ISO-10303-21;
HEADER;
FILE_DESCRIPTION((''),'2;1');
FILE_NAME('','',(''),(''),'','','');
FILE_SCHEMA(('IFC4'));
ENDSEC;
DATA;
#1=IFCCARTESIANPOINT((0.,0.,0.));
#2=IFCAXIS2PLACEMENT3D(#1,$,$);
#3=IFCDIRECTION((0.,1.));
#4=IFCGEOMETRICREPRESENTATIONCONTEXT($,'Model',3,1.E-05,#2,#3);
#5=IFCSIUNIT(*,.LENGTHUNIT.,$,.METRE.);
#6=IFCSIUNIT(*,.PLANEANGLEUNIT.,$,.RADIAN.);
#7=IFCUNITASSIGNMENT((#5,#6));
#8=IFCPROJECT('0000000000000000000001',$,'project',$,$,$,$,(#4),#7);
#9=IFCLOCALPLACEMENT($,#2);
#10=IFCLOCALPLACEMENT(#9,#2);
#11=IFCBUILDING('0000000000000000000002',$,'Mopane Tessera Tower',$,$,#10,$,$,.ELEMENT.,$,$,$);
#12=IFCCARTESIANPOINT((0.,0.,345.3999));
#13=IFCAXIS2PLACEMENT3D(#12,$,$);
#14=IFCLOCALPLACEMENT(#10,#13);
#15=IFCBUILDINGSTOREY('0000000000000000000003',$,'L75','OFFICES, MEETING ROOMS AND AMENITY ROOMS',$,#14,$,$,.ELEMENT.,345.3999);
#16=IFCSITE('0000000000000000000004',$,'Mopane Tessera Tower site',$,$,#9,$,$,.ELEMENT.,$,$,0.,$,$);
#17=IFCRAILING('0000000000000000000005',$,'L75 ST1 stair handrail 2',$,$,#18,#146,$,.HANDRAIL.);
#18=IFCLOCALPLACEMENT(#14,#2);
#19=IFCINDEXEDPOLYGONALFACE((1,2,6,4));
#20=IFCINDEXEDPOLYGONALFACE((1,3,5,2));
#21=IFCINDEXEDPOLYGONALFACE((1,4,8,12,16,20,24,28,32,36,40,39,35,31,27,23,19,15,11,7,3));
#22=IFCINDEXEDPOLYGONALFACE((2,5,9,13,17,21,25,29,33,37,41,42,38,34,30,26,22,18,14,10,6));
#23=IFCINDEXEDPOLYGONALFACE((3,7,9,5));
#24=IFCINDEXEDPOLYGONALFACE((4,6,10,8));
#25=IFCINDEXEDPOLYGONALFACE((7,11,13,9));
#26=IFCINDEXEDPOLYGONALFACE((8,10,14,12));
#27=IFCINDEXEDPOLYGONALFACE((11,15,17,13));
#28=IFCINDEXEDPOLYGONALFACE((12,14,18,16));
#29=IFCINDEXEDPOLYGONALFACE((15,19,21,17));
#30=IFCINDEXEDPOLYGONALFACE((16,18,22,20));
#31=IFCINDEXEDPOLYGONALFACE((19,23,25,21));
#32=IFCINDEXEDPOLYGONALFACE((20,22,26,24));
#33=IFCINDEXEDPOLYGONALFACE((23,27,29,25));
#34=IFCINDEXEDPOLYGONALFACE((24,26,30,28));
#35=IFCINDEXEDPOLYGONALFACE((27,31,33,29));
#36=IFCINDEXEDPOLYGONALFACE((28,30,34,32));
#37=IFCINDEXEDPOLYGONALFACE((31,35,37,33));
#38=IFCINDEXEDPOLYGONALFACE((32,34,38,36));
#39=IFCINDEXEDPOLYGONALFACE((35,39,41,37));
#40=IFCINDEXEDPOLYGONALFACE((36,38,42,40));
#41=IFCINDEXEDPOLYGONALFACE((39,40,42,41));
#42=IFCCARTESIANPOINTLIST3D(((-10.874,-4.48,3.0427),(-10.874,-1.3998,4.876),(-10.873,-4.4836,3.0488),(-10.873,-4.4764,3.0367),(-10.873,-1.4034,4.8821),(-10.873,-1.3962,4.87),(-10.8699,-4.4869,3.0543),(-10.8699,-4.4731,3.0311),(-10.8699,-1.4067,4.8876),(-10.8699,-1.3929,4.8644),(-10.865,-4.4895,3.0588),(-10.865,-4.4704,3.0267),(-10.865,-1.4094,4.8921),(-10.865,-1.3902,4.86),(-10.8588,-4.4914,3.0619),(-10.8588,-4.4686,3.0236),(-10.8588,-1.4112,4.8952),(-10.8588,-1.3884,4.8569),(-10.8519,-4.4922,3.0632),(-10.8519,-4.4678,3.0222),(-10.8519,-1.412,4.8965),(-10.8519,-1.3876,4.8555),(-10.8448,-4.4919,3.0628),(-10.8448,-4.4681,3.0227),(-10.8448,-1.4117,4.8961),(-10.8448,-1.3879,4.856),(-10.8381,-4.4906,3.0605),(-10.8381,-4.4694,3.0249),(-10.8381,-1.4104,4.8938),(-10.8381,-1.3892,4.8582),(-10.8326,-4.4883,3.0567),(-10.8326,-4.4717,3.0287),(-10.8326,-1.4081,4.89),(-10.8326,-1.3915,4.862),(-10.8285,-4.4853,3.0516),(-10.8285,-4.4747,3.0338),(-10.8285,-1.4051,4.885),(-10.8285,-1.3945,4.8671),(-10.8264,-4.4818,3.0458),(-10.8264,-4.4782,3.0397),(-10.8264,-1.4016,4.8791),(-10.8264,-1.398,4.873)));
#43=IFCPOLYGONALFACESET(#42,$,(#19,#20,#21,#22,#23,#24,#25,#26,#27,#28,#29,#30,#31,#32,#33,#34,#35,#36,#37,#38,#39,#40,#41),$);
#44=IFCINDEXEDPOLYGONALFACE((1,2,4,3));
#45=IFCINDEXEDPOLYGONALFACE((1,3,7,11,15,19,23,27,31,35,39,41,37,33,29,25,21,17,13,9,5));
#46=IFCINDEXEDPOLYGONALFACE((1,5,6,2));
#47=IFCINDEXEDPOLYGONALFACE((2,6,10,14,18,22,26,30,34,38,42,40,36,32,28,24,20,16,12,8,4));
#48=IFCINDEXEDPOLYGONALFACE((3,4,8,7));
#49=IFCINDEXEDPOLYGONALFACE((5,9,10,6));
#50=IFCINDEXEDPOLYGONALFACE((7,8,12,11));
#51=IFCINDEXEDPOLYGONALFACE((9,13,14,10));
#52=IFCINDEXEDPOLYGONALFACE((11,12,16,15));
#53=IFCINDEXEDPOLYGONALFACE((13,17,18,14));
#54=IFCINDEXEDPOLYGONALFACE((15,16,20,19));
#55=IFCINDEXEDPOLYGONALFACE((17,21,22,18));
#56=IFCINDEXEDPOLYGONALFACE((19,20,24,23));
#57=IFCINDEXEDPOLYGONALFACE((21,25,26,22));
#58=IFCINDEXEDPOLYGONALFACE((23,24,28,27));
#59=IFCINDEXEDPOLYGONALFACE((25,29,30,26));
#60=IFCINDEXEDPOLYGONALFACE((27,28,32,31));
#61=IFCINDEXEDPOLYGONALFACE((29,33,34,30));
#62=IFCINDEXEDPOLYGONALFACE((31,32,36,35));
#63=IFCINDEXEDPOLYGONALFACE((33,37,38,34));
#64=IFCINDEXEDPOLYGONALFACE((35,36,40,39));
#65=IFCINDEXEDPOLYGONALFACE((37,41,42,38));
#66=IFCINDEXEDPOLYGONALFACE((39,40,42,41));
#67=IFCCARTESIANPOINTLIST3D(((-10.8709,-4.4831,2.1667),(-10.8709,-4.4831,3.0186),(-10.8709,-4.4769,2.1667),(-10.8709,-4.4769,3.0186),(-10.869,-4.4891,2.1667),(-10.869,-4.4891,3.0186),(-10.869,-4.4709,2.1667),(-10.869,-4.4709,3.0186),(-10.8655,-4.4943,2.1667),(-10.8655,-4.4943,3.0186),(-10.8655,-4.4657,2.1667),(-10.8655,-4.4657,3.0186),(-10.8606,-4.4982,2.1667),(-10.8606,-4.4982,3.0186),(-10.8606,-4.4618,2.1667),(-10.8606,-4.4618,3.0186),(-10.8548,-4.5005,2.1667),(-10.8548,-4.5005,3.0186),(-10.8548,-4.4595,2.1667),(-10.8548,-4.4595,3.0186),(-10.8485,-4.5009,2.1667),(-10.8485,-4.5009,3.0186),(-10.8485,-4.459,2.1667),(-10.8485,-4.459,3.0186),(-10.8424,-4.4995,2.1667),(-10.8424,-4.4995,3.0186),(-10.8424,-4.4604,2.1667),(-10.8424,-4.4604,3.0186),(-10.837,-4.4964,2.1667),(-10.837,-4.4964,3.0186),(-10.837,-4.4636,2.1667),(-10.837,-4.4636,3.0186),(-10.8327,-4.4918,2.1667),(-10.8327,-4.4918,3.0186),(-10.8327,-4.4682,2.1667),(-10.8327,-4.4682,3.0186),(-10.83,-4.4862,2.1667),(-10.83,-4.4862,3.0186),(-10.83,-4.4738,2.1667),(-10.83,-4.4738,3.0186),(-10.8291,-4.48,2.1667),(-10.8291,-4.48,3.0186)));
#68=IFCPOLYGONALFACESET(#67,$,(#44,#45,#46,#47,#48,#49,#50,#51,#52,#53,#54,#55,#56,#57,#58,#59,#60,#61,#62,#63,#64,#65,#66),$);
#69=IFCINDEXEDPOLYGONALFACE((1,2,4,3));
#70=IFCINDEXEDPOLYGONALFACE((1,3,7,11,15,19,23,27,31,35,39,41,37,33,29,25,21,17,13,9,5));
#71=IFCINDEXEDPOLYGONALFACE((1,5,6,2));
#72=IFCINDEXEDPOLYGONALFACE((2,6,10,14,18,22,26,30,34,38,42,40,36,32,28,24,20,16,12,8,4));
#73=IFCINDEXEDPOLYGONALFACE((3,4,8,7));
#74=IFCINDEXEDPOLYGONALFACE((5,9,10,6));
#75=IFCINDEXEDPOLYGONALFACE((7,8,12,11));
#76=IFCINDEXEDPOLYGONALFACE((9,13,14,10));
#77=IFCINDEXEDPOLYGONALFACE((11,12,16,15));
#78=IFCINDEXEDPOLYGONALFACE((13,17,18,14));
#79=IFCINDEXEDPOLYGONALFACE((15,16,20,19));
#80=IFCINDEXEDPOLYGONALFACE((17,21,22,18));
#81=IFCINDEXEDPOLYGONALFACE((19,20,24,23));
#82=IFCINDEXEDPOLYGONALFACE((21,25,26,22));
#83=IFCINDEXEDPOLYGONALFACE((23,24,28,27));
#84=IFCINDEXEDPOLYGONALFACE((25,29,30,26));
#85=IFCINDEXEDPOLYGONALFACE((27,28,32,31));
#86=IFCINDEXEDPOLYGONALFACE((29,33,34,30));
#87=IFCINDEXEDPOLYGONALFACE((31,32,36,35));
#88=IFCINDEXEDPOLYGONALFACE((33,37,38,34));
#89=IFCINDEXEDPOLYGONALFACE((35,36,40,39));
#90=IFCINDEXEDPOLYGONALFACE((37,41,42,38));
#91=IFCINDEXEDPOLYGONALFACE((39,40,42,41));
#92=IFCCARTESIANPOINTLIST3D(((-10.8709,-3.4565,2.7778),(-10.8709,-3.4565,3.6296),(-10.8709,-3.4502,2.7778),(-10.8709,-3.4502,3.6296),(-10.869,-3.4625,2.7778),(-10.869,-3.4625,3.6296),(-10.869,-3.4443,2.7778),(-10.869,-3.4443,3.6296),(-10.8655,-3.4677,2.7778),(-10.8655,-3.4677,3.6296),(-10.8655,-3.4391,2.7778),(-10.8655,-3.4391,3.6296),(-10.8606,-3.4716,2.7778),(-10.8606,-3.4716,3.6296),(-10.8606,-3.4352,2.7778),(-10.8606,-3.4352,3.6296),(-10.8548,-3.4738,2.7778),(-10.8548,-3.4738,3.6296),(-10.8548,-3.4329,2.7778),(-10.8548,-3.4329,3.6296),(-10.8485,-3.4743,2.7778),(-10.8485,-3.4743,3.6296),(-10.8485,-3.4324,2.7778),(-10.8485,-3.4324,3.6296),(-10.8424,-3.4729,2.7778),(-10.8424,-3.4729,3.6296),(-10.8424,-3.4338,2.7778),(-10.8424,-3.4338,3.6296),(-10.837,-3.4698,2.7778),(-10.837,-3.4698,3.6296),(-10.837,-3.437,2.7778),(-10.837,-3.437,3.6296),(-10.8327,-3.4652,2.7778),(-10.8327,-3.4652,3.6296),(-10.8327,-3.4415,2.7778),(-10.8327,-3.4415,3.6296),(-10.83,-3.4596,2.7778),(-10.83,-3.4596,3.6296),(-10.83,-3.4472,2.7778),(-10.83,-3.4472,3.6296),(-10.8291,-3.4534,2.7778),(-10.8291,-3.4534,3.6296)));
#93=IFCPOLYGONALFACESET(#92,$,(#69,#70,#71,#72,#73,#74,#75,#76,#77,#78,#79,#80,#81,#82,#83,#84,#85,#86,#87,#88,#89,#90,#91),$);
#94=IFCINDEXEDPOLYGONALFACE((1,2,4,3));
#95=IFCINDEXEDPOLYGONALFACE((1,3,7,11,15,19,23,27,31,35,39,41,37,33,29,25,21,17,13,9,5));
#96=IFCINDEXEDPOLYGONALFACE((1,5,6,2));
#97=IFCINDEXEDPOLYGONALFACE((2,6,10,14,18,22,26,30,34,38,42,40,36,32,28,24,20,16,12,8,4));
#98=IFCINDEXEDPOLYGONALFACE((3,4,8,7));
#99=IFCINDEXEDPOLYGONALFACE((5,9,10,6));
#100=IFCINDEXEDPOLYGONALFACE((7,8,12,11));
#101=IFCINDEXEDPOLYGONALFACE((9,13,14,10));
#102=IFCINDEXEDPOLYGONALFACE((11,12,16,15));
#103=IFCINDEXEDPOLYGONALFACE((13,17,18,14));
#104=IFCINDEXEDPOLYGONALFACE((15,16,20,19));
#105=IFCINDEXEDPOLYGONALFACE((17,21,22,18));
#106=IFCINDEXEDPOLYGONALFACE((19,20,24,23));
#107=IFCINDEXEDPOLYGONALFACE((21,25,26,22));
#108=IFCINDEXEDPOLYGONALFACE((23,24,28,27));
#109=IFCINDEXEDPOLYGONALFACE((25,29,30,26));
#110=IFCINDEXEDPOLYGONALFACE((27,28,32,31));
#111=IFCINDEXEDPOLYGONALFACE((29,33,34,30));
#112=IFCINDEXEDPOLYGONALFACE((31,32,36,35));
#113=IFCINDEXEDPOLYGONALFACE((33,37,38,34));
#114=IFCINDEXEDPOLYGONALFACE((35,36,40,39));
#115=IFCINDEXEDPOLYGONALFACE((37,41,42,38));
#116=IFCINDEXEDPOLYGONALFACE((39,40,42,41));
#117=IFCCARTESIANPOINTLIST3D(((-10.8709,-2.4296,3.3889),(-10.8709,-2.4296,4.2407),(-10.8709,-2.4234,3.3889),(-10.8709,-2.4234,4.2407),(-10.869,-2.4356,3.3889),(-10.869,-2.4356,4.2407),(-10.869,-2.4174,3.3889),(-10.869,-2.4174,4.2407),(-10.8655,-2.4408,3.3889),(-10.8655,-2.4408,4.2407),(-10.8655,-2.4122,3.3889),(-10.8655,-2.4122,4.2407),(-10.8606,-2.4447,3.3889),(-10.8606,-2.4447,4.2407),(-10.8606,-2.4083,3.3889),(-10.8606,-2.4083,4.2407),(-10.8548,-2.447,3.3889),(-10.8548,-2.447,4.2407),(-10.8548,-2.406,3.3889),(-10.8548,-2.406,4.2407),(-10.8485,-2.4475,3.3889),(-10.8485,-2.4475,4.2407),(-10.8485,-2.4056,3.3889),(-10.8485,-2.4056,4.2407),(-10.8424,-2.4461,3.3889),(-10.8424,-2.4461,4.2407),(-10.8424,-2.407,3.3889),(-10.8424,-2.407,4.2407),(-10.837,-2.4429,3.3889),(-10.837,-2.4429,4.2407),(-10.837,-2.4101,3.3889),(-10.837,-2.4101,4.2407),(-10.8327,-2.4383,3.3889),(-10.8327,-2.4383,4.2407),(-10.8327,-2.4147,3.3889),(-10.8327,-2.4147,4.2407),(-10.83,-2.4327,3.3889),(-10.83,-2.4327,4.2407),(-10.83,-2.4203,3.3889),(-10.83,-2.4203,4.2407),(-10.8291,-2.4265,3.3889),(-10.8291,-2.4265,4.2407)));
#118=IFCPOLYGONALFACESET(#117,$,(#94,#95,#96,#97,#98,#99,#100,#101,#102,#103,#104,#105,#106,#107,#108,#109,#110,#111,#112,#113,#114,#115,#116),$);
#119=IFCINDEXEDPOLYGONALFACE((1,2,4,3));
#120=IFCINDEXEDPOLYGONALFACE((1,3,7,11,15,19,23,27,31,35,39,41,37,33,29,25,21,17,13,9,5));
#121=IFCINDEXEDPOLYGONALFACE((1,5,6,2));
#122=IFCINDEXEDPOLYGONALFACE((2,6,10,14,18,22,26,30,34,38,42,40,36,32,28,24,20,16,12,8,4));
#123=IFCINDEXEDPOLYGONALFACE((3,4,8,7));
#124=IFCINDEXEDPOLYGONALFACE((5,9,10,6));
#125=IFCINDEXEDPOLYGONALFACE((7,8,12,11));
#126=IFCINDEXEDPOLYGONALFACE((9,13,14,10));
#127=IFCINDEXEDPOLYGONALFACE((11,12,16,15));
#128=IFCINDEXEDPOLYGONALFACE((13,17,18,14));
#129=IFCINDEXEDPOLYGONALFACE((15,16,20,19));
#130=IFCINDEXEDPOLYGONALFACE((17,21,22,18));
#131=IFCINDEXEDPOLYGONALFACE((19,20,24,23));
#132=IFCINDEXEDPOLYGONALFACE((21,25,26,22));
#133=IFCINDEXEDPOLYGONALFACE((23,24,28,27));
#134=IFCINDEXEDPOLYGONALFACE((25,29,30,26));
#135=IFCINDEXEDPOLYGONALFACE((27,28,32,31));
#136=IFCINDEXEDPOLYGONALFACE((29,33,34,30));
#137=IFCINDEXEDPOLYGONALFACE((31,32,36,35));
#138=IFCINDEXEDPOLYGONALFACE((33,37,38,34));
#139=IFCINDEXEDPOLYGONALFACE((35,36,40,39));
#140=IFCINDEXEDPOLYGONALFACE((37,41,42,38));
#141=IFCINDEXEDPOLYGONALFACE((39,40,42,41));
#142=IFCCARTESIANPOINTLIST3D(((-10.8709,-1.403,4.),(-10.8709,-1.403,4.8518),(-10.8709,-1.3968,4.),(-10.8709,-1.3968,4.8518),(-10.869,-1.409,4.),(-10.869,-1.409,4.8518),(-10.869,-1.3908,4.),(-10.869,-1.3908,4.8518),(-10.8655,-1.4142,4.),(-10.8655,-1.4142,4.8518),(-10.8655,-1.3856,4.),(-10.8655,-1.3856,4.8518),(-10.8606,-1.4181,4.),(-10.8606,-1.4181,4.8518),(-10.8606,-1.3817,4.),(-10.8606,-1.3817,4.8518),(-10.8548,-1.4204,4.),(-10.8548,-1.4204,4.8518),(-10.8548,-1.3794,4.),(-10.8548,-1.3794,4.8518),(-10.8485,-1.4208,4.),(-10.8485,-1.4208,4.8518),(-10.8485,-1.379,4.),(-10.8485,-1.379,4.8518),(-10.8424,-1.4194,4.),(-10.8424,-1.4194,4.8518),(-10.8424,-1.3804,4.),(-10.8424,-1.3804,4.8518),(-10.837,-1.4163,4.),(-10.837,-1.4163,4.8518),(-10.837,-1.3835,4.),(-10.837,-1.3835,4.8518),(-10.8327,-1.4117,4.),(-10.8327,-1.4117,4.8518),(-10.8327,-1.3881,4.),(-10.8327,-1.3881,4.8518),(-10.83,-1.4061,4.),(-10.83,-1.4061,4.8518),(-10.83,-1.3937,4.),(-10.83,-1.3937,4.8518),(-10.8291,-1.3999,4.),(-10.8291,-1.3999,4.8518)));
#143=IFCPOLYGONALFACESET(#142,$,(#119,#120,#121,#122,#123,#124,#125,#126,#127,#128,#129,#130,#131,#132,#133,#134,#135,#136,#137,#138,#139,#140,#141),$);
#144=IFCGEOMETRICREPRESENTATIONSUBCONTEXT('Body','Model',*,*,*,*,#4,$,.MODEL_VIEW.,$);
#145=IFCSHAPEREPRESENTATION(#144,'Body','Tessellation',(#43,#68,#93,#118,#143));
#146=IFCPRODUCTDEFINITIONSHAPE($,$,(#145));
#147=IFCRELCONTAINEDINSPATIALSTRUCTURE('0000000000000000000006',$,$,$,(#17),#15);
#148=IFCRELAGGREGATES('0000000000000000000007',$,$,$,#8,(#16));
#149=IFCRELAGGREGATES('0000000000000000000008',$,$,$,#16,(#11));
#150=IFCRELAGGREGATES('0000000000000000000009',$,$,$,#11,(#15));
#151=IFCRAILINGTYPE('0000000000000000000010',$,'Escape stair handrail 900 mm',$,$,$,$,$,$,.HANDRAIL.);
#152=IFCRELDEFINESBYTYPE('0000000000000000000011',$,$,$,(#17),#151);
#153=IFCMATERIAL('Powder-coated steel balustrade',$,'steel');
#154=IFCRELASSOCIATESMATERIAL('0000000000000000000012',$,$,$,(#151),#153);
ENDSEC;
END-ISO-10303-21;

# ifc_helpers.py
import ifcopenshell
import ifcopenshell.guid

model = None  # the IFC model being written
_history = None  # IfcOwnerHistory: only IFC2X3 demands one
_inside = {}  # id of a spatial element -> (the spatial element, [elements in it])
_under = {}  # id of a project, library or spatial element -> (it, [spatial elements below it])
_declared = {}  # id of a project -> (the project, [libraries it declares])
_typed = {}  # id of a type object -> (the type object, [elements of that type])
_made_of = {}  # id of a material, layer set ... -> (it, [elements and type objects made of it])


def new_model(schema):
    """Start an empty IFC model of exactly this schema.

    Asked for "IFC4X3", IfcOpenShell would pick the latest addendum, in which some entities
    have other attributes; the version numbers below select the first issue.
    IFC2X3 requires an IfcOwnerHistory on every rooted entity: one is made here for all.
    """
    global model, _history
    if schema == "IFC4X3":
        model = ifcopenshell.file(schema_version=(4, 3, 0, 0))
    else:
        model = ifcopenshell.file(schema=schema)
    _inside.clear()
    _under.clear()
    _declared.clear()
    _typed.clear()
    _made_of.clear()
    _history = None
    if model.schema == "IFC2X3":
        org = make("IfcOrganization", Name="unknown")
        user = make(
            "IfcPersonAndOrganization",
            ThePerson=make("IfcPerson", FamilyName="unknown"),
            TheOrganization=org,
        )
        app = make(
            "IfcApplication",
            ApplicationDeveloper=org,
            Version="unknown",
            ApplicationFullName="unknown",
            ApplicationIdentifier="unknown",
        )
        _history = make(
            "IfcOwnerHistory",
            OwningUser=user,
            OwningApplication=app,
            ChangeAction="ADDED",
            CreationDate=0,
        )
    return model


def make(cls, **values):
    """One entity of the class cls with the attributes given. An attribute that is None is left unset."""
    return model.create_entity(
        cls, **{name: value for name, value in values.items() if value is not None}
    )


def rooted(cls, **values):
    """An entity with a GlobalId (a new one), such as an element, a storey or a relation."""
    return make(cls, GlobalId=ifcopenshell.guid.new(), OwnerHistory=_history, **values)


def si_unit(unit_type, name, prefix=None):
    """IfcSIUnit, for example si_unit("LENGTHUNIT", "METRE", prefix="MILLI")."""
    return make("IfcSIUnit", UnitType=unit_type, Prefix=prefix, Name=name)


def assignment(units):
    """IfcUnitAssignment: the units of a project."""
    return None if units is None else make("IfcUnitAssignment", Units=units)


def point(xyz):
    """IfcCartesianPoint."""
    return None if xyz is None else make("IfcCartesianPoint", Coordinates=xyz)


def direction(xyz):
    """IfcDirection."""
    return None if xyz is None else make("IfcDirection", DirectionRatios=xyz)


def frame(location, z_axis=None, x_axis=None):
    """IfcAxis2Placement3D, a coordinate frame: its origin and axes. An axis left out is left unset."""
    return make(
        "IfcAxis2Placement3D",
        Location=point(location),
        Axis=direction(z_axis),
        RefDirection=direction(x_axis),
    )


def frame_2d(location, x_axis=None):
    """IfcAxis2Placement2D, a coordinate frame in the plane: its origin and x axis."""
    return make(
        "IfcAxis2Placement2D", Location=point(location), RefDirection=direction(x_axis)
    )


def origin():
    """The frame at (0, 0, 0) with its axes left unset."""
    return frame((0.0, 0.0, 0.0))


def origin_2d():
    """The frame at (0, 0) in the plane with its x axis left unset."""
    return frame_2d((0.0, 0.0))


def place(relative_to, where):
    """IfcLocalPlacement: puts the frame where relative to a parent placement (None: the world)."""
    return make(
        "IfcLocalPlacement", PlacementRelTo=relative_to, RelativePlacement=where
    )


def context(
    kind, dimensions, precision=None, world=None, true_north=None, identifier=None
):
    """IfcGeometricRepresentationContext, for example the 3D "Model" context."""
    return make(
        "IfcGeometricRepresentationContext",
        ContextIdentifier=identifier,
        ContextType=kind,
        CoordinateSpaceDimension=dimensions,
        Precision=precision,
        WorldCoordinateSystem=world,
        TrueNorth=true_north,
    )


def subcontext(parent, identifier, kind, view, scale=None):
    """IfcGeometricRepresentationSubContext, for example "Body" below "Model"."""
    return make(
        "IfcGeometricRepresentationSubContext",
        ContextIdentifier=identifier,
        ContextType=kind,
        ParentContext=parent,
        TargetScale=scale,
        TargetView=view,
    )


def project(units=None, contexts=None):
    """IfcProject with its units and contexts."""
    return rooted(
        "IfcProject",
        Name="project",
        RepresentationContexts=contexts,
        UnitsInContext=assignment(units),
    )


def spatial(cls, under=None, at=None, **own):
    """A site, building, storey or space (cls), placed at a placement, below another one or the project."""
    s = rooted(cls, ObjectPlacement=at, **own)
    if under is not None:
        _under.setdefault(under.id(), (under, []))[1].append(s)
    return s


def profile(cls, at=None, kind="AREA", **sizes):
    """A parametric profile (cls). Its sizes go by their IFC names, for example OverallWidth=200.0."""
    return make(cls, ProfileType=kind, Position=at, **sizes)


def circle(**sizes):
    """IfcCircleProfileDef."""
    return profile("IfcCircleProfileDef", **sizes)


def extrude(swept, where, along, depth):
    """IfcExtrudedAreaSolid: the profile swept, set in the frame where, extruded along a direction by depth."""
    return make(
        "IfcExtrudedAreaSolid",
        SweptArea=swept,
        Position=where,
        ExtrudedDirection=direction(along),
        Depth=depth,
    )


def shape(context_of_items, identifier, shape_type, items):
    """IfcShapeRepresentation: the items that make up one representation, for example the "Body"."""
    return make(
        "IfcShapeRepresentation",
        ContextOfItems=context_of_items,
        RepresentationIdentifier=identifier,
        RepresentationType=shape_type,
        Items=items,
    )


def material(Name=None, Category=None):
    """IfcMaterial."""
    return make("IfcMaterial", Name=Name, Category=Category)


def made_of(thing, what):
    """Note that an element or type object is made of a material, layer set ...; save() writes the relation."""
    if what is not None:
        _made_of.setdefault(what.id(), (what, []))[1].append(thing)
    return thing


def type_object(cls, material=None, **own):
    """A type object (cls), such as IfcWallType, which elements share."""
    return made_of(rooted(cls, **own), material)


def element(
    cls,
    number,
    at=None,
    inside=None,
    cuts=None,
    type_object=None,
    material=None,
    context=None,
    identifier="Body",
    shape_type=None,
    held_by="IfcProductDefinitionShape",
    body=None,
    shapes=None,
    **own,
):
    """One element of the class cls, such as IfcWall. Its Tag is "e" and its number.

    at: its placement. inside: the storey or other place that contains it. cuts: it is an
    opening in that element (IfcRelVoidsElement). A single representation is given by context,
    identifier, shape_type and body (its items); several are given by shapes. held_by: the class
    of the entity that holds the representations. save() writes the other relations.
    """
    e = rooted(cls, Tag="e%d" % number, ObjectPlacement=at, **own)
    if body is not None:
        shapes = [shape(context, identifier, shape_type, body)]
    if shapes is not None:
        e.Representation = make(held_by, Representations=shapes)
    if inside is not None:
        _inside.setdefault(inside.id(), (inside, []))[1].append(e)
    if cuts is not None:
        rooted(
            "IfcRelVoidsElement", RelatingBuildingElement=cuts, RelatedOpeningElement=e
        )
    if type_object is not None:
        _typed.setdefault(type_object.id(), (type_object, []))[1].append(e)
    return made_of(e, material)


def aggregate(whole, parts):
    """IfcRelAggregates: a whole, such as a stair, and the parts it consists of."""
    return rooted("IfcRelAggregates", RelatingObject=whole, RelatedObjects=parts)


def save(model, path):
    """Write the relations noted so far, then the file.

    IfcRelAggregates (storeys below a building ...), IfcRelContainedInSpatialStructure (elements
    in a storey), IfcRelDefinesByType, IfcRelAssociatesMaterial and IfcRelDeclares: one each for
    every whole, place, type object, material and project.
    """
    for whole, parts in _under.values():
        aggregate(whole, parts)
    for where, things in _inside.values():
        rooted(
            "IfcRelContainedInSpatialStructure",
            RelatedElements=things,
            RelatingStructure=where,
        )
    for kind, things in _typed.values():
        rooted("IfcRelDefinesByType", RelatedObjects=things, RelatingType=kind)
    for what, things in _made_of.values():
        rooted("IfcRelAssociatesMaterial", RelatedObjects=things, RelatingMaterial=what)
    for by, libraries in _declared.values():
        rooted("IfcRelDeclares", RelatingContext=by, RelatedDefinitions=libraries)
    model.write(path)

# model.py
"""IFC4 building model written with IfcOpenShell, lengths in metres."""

from ifc_helpers import new_model, si_unit, direction, frame, origin, origin_2d, place, context, subcontext, project, spatial, circle, extrude, material, type_object, element, save


model = new_model("IFC4")

# Units and contexts
model_context = context("Model", 3, precision=1e-05, world=origin(), true_north=direction((0.0, 1.0)))
body_context = subcontext(model_context, "Body", "Model", "MODEL_VIEW")
ifc_project = project(units=[si_unit("LENGTHUNIT", "METRE"), si_unit("PLANEANGLEUNIT", "RADIAN")], contexts=[model_context])

# Site, building, storey
site_placement = place(None, origin())
site = spatial("IfcSite", under=ifc_project, at=site_placement, Name="Mopane Tessera Tower site", CompositionType="ELEMENT", RefElevation=0.0)
building_placement = place(site_placement, origin())
building = spatial("IfcBuilding", under=site, at=building_placement, Name="Mopane Tessera Tower", CompositionType="ELEMENT")
storey_placement = place(building_placement, frame((0.0, 0.0, 345.3999)))
storey = spatial("IfcBuildingStorey", under=building, at=storey_placement, Name="L75", Description="OFFICES, MEETING ROOMS AND AMENITY ROOMS", CompositionType="ELEMENT", Elevation=345.3999)

# Railing
ifc_material_1 = material(Name="Powder-coated steel balustrade", Category="steel")
railing_type_1 = type_object("IfcRailingType", Name="Escape stair handrail 900 mm", PredefinedType="HANDRAIL", material=ifc_material_1)
railing_1_placement = place(storey_placement, frame((-10.8501, -4.48, 2.1667)))
element("IfcRailing", 1, at=railing_1_placement, inside=storey, type_object=railing_type_1, Name="L75 ST1 stair handrail 2", PredefinedType="HANDRAIL", context=body_context, shape_type="SweptSolid", body=[
    extrude(circle(Radius=0.0239, at=origin_2d()), frame((0.0, 0.0, 0.876), z_axis=(0.0, 0.859309, 0.511458), x_axis=(-1.0, 0.0, 0.0)), (0.0, 0.0, 1.0), 3.5845),
    extrude(circle(Radius=0.021, at=origin_2d()), origin(), (0.0, 0.0, 1.0), 0.8518),
    extrude(circle(Radius=0.021, at=origin_2d()), frame((0.0, 1.0266, 0.6111)), (0.0, 0.0, 1.0), 0.8518),
    extrude(circle(Radius=0.021, at=origin_2d()), frame((0.0, 2.0535, 1.2222)), (0.0, 0.0, 1.0), 0.8518),
    extrude(circle(Radius=0.021, at=origin_2d()), frame((0.0, 3.0801, 1.8333)), (0.0, 0.0, 1.0), 0.8518),
])

save(model, "model.ifc")
